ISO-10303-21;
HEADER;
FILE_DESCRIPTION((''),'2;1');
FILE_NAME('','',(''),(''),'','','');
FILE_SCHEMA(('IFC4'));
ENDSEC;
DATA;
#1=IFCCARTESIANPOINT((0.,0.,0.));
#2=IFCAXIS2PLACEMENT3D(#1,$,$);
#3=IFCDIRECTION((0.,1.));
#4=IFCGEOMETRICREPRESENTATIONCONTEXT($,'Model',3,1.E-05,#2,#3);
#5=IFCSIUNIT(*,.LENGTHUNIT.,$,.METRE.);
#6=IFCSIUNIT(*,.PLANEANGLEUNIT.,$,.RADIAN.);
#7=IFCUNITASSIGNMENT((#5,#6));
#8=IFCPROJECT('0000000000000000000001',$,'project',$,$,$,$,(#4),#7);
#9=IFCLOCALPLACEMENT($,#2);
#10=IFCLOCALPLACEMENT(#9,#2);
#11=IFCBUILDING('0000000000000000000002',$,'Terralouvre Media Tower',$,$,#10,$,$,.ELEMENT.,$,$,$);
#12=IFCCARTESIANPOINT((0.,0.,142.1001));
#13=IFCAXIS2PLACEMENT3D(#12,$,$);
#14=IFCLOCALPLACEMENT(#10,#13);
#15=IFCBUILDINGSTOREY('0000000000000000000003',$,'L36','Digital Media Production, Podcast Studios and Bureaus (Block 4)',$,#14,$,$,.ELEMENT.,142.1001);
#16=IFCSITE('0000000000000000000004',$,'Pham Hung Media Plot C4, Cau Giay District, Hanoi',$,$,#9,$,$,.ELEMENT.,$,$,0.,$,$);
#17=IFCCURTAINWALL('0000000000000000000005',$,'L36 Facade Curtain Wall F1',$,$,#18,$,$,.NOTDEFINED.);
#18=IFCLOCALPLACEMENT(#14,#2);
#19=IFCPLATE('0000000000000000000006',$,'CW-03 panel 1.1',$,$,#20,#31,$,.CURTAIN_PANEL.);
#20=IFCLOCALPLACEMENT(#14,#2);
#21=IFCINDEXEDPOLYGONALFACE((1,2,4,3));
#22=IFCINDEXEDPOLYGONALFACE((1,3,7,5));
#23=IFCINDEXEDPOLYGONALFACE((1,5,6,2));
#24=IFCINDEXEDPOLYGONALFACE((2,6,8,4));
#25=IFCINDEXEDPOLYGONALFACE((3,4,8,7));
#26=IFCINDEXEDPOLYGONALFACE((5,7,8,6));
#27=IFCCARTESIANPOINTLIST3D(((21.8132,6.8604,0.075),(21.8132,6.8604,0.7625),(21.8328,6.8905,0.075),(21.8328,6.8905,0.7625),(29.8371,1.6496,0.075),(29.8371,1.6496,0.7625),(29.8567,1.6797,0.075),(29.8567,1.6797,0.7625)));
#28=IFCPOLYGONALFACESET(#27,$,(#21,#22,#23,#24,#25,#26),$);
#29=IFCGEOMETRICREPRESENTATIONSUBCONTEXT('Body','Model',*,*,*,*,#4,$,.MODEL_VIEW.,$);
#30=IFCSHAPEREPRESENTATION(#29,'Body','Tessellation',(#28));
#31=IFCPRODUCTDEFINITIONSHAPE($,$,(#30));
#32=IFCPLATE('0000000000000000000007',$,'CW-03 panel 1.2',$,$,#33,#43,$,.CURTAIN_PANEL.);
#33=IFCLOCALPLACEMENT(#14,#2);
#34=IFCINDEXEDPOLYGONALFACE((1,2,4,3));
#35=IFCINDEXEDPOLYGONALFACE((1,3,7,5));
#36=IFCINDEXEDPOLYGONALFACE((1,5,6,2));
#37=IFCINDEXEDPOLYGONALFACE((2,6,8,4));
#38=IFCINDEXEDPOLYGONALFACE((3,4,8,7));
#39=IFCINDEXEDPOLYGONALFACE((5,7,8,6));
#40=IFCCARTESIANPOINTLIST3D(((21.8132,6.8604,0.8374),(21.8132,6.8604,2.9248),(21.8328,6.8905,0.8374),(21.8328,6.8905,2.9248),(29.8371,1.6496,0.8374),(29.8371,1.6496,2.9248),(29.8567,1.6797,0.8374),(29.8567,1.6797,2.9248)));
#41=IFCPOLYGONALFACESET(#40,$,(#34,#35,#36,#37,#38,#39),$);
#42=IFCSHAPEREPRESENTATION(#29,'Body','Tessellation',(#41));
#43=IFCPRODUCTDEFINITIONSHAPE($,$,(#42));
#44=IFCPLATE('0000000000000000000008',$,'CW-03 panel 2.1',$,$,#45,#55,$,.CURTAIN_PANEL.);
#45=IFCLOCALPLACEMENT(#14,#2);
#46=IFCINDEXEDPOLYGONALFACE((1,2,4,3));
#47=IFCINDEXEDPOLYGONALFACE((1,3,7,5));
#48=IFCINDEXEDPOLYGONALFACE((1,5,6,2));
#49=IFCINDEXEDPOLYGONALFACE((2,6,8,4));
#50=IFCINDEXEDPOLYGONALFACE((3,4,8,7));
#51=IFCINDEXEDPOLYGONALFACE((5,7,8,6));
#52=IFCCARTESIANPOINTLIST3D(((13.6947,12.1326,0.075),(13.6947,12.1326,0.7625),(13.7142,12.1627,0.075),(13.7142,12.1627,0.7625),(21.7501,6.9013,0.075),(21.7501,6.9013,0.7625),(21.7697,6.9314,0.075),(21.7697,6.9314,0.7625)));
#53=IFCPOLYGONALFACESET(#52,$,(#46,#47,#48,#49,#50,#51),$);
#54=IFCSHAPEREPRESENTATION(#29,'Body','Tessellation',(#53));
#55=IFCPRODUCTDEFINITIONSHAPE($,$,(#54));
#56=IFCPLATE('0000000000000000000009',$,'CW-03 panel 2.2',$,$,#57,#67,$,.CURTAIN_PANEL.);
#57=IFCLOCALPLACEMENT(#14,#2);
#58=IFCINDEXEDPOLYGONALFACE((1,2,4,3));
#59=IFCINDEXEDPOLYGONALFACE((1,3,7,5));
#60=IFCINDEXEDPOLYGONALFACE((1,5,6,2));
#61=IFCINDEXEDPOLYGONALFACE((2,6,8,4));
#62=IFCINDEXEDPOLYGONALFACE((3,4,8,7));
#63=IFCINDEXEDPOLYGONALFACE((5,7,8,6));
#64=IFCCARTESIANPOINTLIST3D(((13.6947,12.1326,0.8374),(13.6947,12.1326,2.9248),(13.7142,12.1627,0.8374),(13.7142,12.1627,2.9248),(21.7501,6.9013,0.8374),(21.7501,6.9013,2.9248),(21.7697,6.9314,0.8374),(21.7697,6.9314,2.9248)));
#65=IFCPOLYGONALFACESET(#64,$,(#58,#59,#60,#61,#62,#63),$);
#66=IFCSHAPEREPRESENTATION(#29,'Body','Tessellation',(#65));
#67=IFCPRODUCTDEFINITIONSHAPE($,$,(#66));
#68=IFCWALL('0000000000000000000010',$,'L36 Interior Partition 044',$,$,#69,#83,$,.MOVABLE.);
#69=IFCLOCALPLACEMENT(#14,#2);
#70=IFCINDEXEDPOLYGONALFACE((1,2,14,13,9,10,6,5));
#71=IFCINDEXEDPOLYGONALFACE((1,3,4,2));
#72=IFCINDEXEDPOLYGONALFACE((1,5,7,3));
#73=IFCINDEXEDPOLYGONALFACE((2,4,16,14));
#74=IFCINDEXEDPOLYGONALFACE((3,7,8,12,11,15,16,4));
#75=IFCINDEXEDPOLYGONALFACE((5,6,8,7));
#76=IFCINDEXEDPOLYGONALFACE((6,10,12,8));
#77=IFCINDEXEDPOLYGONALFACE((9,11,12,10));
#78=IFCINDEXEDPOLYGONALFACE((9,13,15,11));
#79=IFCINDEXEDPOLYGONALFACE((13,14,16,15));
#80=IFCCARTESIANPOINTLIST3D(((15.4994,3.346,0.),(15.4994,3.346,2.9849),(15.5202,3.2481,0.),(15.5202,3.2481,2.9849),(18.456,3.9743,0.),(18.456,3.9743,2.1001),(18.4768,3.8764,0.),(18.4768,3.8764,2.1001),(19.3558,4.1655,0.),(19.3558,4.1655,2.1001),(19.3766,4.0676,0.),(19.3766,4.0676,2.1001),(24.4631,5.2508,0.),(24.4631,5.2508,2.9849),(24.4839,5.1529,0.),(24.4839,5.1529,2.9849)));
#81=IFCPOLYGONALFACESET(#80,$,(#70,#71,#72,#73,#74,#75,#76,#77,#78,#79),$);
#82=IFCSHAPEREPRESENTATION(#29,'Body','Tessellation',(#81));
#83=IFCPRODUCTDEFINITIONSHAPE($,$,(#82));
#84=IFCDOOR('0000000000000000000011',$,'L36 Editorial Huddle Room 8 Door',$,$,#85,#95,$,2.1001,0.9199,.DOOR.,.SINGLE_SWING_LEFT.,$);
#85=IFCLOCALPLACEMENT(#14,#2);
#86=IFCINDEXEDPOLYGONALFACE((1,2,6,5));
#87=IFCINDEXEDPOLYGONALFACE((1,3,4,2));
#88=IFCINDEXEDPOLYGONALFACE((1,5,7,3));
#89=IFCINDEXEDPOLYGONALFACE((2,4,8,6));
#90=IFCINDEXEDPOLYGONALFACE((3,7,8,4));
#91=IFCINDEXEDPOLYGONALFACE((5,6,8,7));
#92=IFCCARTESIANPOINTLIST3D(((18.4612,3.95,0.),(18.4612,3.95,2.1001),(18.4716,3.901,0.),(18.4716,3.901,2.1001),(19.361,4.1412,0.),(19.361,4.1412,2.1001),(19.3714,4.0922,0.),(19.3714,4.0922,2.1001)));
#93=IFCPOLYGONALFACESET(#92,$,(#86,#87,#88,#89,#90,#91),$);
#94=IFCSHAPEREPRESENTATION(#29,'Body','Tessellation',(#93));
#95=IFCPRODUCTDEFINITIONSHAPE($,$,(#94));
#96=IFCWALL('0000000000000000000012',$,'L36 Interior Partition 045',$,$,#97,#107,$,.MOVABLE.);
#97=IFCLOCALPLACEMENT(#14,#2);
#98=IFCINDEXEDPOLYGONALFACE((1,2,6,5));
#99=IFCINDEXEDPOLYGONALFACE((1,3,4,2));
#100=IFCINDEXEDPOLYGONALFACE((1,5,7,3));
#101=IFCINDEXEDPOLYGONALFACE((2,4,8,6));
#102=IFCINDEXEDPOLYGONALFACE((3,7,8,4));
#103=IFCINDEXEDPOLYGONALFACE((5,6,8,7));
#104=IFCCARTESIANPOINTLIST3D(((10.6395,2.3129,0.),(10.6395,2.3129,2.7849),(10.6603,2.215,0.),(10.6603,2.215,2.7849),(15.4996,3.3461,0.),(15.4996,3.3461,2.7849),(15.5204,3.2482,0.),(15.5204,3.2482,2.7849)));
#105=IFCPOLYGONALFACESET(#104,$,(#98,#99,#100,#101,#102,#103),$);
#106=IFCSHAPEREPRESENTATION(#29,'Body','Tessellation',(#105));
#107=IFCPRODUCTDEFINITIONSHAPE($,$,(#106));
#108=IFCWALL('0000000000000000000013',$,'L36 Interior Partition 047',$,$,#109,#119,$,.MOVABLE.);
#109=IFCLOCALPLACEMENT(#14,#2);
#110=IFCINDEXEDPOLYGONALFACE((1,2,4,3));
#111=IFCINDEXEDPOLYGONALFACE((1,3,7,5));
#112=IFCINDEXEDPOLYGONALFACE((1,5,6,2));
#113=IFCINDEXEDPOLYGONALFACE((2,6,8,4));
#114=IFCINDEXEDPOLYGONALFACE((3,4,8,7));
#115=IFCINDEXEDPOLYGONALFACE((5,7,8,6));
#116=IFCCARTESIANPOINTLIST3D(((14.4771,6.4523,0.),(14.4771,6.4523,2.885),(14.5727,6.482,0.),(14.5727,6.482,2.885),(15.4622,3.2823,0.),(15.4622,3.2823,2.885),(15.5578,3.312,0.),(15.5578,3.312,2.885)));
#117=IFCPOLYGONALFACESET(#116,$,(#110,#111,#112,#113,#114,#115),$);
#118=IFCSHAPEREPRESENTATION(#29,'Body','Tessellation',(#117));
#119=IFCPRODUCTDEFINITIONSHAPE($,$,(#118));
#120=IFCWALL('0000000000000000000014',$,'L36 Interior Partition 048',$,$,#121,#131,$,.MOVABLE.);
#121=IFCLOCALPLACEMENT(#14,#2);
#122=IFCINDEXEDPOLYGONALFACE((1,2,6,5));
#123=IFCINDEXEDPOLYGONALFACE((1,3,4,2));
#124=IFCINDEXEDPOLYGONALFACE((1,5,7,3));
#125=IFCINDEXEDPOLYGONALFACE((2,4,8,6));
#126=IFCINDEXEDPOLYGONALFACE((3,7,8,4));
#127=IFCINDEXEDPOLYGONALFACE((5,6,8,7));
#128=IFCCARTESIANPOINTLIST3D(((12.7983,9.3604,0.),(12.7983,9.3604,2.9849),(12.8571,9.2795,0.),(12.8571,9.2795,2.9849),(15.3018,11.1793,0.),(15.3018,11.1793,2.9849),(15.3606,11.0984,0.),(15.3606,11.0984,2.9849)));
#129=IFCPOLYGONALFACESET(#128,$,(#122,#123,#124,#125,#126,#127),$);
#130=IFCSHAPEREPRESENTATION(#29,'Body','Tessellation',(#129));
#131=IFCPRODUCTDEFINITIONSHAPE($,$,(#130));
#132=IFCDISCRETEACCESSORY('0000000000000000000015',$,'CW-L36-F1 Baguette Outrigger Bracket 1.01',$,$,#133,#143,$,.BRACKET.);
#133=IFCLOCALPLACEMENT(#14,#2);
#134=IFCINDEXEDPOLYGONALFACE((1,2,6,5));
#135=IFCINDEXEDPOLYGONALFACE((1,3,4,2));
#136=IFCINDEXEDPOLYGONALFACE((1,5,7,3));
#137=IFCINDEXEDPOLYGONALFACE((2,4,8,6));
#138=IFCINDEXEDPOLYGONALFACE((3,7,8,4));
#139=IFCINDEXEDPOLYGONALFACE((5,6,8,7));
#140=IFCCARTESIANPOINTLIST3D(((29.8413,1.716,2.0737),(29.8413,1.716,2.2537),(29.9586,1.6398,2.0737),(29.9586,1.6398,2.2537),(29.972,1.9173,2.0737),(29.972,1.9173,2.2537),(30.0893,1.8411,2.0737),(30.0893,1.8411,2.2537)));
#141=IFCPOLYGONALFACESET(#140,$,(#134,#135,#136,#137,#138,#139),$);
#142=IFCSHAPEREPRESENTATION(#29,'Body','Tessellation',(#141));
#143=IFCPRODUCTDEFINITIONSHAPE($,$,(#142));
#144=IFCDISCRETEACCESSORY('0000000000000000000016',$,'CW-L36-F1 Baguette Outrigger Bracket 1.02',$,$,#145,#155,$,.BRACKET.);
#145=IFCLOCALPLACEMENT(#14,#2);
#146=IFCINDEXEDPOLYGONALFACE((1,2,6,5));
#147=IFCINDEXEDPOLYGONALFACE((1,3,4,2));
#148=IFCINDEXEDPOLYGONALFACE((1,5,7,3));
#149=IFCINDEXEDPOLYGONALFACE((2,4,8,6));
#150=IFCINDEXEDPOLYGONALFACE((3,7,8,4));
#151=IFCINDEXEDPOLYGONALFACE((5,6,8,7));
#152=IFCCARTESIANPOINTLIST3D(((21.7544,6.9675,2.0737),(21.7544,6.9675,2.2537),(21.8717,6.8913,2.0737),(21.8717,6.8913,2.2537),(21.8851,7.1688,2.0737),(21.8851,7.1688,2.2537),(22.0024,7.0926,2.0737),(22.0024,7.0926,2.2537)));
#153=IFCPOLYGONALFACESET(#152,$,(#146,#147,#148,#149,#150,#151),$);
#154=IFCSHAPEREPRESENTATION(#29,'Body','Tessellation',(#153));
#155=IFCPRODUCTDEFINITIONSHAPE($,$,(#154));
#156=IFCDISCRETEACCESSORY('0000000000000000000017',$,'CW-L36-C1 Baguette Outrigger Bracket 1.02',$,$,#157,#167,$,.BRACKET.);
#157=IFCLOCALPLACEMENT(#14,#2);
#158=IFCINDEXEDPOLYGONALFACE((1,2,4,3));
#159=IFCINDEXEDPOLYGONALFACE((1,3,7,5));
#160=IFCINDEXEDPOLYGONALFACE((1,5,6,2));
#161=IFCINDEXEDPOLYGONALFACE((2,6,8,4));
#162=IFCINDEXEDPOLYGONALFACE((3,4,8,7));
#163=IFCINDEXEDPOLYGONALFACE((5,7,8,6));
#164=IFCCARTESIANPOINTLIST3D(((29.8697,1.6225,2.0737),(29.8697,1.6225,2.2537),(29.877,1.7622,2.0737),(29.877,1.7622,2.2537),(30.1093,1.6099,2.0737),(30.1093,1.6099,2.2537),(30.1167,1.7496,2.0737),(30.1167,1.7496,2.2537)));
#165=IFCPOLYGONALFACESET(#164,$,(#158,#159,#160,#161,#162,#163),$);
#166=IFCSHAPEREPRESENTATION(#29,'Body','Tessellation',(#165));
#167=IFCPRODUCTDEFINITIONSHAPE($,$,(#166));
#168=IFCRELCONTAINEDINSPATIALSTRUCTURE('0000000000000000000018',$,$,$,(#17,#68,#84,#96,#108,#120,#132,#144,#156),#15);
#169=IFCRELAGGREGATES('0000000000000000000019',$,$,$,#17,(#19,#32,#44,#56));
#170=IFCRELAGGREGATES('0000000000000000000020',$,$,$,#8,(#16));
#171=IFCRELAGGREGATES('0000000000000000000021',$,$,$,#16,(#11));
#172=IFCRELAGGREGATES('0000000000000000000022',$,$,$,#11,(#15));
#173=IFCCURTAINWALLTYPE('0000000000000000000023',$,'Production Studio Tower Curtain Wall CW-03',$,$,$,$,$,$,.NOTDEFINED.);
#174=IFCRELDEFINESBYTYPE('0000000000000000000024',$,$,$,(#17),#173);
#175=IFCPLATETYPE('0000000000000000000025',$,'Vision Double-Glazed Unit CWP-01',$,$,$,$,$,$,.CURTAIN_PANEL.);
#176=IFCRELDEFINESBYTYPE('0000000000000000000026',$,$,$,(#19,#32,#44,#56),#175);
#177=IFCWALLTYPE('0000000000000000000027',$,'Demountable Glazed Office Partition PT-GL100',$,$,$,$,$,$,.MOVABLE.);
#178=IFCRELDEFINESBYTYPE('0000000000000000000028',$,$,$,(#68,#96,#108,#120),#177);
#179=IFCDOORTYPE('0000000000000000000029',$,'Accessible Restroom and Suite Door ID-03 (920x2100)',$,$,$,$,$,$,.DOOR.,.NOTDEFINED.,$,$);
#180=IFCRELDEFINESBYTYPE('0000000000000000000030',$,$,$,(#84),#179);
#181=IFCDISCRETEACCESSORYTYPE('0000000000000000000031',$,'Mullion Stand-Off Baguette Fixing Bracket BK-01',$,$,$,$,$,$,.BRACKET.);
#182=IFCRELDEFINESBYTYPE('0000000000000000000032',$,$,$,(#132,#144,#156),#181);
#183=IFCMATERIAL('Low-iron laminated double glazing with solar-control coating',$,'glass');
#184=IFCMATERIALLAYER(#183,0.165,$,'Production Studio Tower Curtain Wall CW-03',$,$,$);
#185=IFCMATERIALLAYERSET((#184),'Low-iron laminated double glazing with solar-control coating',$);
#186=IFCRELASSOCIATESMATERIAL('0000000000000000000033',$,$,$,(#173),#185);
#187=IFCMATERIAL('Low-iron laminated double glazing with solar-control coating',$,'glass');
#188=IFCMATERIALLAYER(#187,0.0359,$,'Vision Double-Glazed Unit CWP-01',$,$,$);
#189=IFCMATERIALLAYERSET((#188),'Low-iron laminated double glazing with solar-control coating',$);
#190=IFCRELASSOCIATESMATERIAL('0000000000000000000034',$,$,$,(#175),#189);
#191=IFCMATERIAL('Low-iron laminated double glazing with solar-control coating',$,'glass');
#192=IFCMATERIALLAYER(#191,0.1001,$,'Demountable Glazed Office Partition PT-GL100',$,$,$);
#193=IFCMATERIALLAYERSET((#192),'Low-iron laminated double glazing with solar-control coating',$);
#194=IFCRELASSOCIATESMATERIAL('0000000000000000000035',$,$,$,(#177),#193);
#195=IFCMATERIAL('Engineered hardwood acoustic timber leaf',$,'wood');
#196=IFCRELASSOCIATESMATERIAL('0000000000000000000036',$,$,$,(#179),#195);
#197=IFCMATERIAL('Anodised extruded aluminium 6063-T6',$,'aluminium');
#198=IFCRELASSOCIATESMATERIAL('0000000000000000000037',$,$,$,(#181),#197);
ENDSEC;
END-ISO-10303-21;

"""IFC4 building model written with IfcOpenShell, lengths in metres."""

from ifc_helpers import new_model, si_unit, direction, frame, frame_2d, origin, origin_2d, place, context, subcontext, project, spatial, rectangle, extrude, material, layer, layer_set, type_object, element, fill, aggregate, save


model = new_model("IFC4")

# Units and contexts
model_context = context("Model", 3, precision=1e-05, world=origin(), true_north=direction((0.0, 1.0)))
body_context = subcontext(model_context, "Body", "Model", "MODEL_VIEW")
ifc_project = project(units=[si_unit("LENGTHUNIT", "METRE"), si_unit("PLANEANGLEUNIT", "RADIAN")], contexts=[model_context])

# Site, building, storey
site_placement = place(None, origin())
site = spatial("IfcSite", under=ifc_project, at=site_placement, Name="Pham Hung Media Plot C4, Cau Giay District, Hanoi", CompositionType="ELEMENT", RefElevation=0.0)
building_placement = place(site_placement, origin())
building = spatial("IfcBuilding", under=site, at=building_placement, Name="Terralouvre Media Tower", CompositionType="ELEMENT")
storey_placement = place(building_placement, frame((0.0, 0.0, 142.1001)))
storey = spatial("IfcBuildingStorey", under=building, at=storey_placement, Name="L36", Description="Digital Media Production, Podcast Studios and Bureaus (Block 4)", CompositionType="ELEMENT", Elevation=142.1001)

# Curtain wall
ifc_material_1 = material(Name="Low-iron laminated double glazing with solar-control coating", Category="glass")
ifc_layer_1 = layer(ifc_material_1, 0.165, Name="Production Studio Tower Curtain Wall CW-03")
ifc_layer_set_1 = layer_set([ifc_layer_1], Name="Low-iron laminated double glazing with solar-control coating")
curtain_wall_type_1 = type_object("IfcCurtainWallType", Name="Production Studio Tower Curtain Wall CW-03", PredefinedType="NOTDEFINED", material=ifc_layer_set_1)
curtain_wall_1_placement = place(storey_placement, origin())
curtain_wall_1 = element("IfcCurtainWall", 1, at=curtain_wall_1_placement, inside=storey, type_object=curtain_wall_type_1, Name="L36 Facade Curtain Wall F1", PredefinedType="NOTDEFINED")

# Plates
ifc_material_2 = material(Name="Low-iron laminated double glazing with solar-control coating", Category="glass")
ifc_layer_2 = layer(ifc_material_2, 0.0359, Name="Vision Double-Glazed Unit CWP-01")
ifc_layer_set_2 = layer_set([ifc_layer_2], Name="Low-iron laminated double glazing with solar-control coating")
plate_type = type_object("IfcPlateType", Name="Vision Double-Glazed Unit CWP-01", PredefinedType="CURTAIN_PANEL", material=ifc_layer_set_2)
plate_1_placement = place(storey_placement, frame((25.835, 4.27, 0.075), z_axis=(0.0, 0.0, 1.0), x_axis=(-0.838671, 0.544639, 0.0)))
plate_1 = element("IfcPlate", 2, at=plate_1_placement, type_object=plate_type, Name="CW-03 panel 1.1", PredefinedType="CURTAIN_PANEL", context=body_context, shape_type="SweptSolid", body=[
    extrude(rectangle(XDim=9.5674, YDim=0.0359, at=origin_2d()), origin(), (0.0, 0.0, 1.0), 0.6875),
])
plate_2_placement = place(storey_placement, frame((25.835, 4.27, 0.8374), z_axis=(0.0, 0.0, 1.0), x_axis=(-0.838671, 0.544639, 0.0)))
plate_2 = element("IfcPlate", 3, at=plate_2_placement, type_object=plate_type, Name="CW-03 panel 1.2", PredefinedType="CURTAIN_PANEL", context=body_context, shape_type="SweptSolid", body=[
    extrude(rectangle(XDim=9.5674, YDim=0.0359, at=origin_2d()), origin(), (0.0, 0.0, 1.0), 2.0874),
])
plate_3_placement = place(storey_placement, frame((17.7322, 9.532, 0.075), z_axis=(0.0, 0.0, 1.0), x_axis=(-0.838671, 0.544639, 0.0)))
plate_3 = element("IfcPlate", 4, at=plate_3_placement, type_object=plate_type, Name="CW-03 panel 2.1", PredefinedType="CURTAIN_PANEL", context=body_context, shape_type="SweptSolid", body=[
    extrude(rectangle(XDim=9.605, YDim=0.0359, at=origin_2d()), origin(), (0.0, 0.0, 1.0), 0.6875),
])
plate_4_placement = place(storey_placement, frame((17.7322, 9.532, 0.8374), z_axis=(0.0, 0.0, 1.0), x_axis=(-0.838671, 0.544639, 0.0)))
plate_4 = element("IfcPlate", 5, at=plate_4_placement, type_object=plate_type, Name="CW-03 panel 2.2", PredefinedType="CURTAIN_PANEL", context=body_context, shape_type="SweptSolid", body=[
    extrude(rectangle(XDim=9.605, YDim=0.0359, at=origin_2d()), origin(), (0.0, 0.0, 1.0), 2.0874),
])
aggregate(curtain_wall_1, [plate_1, plate_2, plate_3, plate_4])

# Wall, opening, door
ifc_material_3 = material(Name="Low-iron laminated double glazing with solar-control coating", Category="glass")
ifc_layer_3 = layer(ifc_material_3, 0.1001, Name="Demountable Glazed Office Partition PT-GL100")
ifc_layer_set_3 = layer_set([ifc_layer_3], Name="Low-iron laminated double glazing with solar-control coating")
wall_type = type_object("IfcWallType", Name="Demountable Glazed Office Partition PT-GL100", PredefinedType="MOVABLE", material=ifc_layer_set_3)
wall_1_placement = place(storey_placement, frame((24.4736, 5.2019, 0.0), z_axis=(0.0, 0.0, 1.0), x_axis=(-0.978159, -0.20786, 0.0)))
wall_1 = element("IfcWall", 6, at=wall_1_placement, inside=storey, type_object=wall_type, Name="L36 Interior Partition 044", PredefinedType="MOVABLE", context=body_context, shape_type="SweptSolid", body=[
    extrude(rectangle(XDim=9.1638, YDim=0.1001, at=frame_2d((4.582, 0.0))), origin(), (0.0, 0.0, 1.0), 2.9849),
])
opening_placement = place(wall_1_placement, frame((5.2214, 0.0, 0.0)))
opening = element("IfcOpeningElement", 7, at=opening_placement, cuts=wall_1, PredefinedType="OPENING", context=body_context, shape_type="SweptSolid", body=[
    extrude(rectangle(XDim=0.9199, YDim=2.1001, at=frame_2d((0.46, 1.05))), frame((0.0, 0.0601, 0.0), z_axis=(0.0, -1.0, 0.0), x_axis=(1.0, 0.0, 0.0)), (0.0, 0.0, 1.0), 0.1201),
])
ifc_material_4 = material(Name="Engineered hardwood acoustic timber leaf", Category="wood")
door_type = type_object("IfcDoorType", Name="Accessible Restroom and Suite Door ID-03 (920x2100)", OperationType="NOTDEFINED", PredefinedType="DOOR", material=ifc_material_4)
door_placement = place(opening_placement, origin())
door = element("IfcDoor", 8, at=door_placement, inside=storey, type_object=door_type, Name="L36 Editorial Huddle Room 8 Door", OperationType="SINGLE_SWING_LEFT", OverallHeight=2.1001, OverallWidth=0.9199, PredefinedType="DOOR", context=body_context, shape_type="SweptSolid", body=[
    extrude(rectangle(XDim=0.9199, YDim=2.1001, at=frame_2d((0.46, 1.05))), frame((0.0, 0.0249, 0.0), z_axis=(0.0, -1.0, 0.0), x_axis=(1.0, 0.0, 0.0)), (0.0, 0.0, 1.0), 0.05),
])
fill(opening, door)

# Walls
wall_2_placement = place(storey_placement, frame((15.51, 3.2971, 0.0), z_axis=(0.0, 0.0, 1.0), x_axis=(-0.978141, -0.207942, 0.0)))
element("IfcWall", 9, at=wall_2_placement, inside=storey, type_object=wall_type, Name="L36 Interior Partition 045", PredefinedType="MOVABLE", context=body_context, shape_type="SweptSolid", body=[
    extrude(rectangle(XDim=4.9688, YDim=0.1001, at=frame_2d((2.4844, 0.0))), origin(), (0.0, 0.0, 1.0), 2.7849),
])
wall_3_placement = place(storey_placement, frame((14.5249, 6.467, 0.0), z_axis=(0.0, 0.0, 1.0), x_axis=(0.296767, -0.95495, 0.0)))
element("IfcWall", 10, at=wall_3_placement, inside=storey, type_object=wall_type, Name="L36 Interior Partition 047", PredefinedType="MOVABLE", context=body_context, shape_type="SweptSolid", body=[
    extrude(rectangle(XDim=3.3196, YDim=0.1001, at=frame_2d((1.6597, 0.0))), origin(), (0.0, 0.0, 1.0), 2.885),
])
wall_4_placement = place(storey_placement, frame((15.3313, 11.1389, 0.0), z_axis=(0.0, 0.0, 1.0), x_axis=(-0.809016, -0.587787, 0.0)))
element("IfcWall", 11, at=wall_4_placement, inside=storey, type_object=wall_type, Name="L36 Interior Partition 048", PredefinedType="MOVABLE", context=body_context, shape_type="SweptSolid", body=[
    extrude(rectangle(XDim=3.0945, YDim=0.1001, at=frame_2d((1.5474, 0.0))), origin(), (0.0, 0.0, 1.0), 2.9849),
])

# Discrete accessories
ifc_material_5 = material(Name="Anodised extruded aluminium 6063-T6", Category="aluminium")
discrete_accessory_type = type_object("IfcDiscreteAccessoryType", Name="Mullion Stand-Off Baguette Fixing Bracket BK-01", PredefinedType="BRACKET", material=ifc_material_5)
for number, where, z_axis, x_axis, name in (
    (12, (29.9653, 1.7786, 2.0737), (0.0, 0.0, 1.0), (-0.838671, 0.544639, 0.0), "CW-L36-F1 Baguette Outrigger Bracket 1.01"),
    (13, (21.8784, 7.03, 2.0737), (0.0, 0.0, 1.0), (-0.838671, 0.544639, 0.0), "CW-L36-F1 Baguette Outrigger Bracket 1.02"),
    (14, (29.9932, 1.686, 2.0737), (0.0, 0.0, 1.0), (0.052337, 0.998629, 0.0), "CW-L36-C1 Baguette Outrigger Bracket 1.02"),
):
    element("IfcDiscreteAccessory", number, at=place(storey_placement, frame(where, z_axis=z_axis, x_axis=x_axis)), inside=storey, type_object=discrete_accessory_type, Name=name, PredefinedType="BRACKET", context=body_context, shape_type="SweptSolid", body=[
        extrude(rectangle(XDim=0.1399, YDim=0.24, at=origin_2d()), origin(), (0.0, 0.0, 1.0), 0.1799),
    ])

save(model, "model.ifc")
